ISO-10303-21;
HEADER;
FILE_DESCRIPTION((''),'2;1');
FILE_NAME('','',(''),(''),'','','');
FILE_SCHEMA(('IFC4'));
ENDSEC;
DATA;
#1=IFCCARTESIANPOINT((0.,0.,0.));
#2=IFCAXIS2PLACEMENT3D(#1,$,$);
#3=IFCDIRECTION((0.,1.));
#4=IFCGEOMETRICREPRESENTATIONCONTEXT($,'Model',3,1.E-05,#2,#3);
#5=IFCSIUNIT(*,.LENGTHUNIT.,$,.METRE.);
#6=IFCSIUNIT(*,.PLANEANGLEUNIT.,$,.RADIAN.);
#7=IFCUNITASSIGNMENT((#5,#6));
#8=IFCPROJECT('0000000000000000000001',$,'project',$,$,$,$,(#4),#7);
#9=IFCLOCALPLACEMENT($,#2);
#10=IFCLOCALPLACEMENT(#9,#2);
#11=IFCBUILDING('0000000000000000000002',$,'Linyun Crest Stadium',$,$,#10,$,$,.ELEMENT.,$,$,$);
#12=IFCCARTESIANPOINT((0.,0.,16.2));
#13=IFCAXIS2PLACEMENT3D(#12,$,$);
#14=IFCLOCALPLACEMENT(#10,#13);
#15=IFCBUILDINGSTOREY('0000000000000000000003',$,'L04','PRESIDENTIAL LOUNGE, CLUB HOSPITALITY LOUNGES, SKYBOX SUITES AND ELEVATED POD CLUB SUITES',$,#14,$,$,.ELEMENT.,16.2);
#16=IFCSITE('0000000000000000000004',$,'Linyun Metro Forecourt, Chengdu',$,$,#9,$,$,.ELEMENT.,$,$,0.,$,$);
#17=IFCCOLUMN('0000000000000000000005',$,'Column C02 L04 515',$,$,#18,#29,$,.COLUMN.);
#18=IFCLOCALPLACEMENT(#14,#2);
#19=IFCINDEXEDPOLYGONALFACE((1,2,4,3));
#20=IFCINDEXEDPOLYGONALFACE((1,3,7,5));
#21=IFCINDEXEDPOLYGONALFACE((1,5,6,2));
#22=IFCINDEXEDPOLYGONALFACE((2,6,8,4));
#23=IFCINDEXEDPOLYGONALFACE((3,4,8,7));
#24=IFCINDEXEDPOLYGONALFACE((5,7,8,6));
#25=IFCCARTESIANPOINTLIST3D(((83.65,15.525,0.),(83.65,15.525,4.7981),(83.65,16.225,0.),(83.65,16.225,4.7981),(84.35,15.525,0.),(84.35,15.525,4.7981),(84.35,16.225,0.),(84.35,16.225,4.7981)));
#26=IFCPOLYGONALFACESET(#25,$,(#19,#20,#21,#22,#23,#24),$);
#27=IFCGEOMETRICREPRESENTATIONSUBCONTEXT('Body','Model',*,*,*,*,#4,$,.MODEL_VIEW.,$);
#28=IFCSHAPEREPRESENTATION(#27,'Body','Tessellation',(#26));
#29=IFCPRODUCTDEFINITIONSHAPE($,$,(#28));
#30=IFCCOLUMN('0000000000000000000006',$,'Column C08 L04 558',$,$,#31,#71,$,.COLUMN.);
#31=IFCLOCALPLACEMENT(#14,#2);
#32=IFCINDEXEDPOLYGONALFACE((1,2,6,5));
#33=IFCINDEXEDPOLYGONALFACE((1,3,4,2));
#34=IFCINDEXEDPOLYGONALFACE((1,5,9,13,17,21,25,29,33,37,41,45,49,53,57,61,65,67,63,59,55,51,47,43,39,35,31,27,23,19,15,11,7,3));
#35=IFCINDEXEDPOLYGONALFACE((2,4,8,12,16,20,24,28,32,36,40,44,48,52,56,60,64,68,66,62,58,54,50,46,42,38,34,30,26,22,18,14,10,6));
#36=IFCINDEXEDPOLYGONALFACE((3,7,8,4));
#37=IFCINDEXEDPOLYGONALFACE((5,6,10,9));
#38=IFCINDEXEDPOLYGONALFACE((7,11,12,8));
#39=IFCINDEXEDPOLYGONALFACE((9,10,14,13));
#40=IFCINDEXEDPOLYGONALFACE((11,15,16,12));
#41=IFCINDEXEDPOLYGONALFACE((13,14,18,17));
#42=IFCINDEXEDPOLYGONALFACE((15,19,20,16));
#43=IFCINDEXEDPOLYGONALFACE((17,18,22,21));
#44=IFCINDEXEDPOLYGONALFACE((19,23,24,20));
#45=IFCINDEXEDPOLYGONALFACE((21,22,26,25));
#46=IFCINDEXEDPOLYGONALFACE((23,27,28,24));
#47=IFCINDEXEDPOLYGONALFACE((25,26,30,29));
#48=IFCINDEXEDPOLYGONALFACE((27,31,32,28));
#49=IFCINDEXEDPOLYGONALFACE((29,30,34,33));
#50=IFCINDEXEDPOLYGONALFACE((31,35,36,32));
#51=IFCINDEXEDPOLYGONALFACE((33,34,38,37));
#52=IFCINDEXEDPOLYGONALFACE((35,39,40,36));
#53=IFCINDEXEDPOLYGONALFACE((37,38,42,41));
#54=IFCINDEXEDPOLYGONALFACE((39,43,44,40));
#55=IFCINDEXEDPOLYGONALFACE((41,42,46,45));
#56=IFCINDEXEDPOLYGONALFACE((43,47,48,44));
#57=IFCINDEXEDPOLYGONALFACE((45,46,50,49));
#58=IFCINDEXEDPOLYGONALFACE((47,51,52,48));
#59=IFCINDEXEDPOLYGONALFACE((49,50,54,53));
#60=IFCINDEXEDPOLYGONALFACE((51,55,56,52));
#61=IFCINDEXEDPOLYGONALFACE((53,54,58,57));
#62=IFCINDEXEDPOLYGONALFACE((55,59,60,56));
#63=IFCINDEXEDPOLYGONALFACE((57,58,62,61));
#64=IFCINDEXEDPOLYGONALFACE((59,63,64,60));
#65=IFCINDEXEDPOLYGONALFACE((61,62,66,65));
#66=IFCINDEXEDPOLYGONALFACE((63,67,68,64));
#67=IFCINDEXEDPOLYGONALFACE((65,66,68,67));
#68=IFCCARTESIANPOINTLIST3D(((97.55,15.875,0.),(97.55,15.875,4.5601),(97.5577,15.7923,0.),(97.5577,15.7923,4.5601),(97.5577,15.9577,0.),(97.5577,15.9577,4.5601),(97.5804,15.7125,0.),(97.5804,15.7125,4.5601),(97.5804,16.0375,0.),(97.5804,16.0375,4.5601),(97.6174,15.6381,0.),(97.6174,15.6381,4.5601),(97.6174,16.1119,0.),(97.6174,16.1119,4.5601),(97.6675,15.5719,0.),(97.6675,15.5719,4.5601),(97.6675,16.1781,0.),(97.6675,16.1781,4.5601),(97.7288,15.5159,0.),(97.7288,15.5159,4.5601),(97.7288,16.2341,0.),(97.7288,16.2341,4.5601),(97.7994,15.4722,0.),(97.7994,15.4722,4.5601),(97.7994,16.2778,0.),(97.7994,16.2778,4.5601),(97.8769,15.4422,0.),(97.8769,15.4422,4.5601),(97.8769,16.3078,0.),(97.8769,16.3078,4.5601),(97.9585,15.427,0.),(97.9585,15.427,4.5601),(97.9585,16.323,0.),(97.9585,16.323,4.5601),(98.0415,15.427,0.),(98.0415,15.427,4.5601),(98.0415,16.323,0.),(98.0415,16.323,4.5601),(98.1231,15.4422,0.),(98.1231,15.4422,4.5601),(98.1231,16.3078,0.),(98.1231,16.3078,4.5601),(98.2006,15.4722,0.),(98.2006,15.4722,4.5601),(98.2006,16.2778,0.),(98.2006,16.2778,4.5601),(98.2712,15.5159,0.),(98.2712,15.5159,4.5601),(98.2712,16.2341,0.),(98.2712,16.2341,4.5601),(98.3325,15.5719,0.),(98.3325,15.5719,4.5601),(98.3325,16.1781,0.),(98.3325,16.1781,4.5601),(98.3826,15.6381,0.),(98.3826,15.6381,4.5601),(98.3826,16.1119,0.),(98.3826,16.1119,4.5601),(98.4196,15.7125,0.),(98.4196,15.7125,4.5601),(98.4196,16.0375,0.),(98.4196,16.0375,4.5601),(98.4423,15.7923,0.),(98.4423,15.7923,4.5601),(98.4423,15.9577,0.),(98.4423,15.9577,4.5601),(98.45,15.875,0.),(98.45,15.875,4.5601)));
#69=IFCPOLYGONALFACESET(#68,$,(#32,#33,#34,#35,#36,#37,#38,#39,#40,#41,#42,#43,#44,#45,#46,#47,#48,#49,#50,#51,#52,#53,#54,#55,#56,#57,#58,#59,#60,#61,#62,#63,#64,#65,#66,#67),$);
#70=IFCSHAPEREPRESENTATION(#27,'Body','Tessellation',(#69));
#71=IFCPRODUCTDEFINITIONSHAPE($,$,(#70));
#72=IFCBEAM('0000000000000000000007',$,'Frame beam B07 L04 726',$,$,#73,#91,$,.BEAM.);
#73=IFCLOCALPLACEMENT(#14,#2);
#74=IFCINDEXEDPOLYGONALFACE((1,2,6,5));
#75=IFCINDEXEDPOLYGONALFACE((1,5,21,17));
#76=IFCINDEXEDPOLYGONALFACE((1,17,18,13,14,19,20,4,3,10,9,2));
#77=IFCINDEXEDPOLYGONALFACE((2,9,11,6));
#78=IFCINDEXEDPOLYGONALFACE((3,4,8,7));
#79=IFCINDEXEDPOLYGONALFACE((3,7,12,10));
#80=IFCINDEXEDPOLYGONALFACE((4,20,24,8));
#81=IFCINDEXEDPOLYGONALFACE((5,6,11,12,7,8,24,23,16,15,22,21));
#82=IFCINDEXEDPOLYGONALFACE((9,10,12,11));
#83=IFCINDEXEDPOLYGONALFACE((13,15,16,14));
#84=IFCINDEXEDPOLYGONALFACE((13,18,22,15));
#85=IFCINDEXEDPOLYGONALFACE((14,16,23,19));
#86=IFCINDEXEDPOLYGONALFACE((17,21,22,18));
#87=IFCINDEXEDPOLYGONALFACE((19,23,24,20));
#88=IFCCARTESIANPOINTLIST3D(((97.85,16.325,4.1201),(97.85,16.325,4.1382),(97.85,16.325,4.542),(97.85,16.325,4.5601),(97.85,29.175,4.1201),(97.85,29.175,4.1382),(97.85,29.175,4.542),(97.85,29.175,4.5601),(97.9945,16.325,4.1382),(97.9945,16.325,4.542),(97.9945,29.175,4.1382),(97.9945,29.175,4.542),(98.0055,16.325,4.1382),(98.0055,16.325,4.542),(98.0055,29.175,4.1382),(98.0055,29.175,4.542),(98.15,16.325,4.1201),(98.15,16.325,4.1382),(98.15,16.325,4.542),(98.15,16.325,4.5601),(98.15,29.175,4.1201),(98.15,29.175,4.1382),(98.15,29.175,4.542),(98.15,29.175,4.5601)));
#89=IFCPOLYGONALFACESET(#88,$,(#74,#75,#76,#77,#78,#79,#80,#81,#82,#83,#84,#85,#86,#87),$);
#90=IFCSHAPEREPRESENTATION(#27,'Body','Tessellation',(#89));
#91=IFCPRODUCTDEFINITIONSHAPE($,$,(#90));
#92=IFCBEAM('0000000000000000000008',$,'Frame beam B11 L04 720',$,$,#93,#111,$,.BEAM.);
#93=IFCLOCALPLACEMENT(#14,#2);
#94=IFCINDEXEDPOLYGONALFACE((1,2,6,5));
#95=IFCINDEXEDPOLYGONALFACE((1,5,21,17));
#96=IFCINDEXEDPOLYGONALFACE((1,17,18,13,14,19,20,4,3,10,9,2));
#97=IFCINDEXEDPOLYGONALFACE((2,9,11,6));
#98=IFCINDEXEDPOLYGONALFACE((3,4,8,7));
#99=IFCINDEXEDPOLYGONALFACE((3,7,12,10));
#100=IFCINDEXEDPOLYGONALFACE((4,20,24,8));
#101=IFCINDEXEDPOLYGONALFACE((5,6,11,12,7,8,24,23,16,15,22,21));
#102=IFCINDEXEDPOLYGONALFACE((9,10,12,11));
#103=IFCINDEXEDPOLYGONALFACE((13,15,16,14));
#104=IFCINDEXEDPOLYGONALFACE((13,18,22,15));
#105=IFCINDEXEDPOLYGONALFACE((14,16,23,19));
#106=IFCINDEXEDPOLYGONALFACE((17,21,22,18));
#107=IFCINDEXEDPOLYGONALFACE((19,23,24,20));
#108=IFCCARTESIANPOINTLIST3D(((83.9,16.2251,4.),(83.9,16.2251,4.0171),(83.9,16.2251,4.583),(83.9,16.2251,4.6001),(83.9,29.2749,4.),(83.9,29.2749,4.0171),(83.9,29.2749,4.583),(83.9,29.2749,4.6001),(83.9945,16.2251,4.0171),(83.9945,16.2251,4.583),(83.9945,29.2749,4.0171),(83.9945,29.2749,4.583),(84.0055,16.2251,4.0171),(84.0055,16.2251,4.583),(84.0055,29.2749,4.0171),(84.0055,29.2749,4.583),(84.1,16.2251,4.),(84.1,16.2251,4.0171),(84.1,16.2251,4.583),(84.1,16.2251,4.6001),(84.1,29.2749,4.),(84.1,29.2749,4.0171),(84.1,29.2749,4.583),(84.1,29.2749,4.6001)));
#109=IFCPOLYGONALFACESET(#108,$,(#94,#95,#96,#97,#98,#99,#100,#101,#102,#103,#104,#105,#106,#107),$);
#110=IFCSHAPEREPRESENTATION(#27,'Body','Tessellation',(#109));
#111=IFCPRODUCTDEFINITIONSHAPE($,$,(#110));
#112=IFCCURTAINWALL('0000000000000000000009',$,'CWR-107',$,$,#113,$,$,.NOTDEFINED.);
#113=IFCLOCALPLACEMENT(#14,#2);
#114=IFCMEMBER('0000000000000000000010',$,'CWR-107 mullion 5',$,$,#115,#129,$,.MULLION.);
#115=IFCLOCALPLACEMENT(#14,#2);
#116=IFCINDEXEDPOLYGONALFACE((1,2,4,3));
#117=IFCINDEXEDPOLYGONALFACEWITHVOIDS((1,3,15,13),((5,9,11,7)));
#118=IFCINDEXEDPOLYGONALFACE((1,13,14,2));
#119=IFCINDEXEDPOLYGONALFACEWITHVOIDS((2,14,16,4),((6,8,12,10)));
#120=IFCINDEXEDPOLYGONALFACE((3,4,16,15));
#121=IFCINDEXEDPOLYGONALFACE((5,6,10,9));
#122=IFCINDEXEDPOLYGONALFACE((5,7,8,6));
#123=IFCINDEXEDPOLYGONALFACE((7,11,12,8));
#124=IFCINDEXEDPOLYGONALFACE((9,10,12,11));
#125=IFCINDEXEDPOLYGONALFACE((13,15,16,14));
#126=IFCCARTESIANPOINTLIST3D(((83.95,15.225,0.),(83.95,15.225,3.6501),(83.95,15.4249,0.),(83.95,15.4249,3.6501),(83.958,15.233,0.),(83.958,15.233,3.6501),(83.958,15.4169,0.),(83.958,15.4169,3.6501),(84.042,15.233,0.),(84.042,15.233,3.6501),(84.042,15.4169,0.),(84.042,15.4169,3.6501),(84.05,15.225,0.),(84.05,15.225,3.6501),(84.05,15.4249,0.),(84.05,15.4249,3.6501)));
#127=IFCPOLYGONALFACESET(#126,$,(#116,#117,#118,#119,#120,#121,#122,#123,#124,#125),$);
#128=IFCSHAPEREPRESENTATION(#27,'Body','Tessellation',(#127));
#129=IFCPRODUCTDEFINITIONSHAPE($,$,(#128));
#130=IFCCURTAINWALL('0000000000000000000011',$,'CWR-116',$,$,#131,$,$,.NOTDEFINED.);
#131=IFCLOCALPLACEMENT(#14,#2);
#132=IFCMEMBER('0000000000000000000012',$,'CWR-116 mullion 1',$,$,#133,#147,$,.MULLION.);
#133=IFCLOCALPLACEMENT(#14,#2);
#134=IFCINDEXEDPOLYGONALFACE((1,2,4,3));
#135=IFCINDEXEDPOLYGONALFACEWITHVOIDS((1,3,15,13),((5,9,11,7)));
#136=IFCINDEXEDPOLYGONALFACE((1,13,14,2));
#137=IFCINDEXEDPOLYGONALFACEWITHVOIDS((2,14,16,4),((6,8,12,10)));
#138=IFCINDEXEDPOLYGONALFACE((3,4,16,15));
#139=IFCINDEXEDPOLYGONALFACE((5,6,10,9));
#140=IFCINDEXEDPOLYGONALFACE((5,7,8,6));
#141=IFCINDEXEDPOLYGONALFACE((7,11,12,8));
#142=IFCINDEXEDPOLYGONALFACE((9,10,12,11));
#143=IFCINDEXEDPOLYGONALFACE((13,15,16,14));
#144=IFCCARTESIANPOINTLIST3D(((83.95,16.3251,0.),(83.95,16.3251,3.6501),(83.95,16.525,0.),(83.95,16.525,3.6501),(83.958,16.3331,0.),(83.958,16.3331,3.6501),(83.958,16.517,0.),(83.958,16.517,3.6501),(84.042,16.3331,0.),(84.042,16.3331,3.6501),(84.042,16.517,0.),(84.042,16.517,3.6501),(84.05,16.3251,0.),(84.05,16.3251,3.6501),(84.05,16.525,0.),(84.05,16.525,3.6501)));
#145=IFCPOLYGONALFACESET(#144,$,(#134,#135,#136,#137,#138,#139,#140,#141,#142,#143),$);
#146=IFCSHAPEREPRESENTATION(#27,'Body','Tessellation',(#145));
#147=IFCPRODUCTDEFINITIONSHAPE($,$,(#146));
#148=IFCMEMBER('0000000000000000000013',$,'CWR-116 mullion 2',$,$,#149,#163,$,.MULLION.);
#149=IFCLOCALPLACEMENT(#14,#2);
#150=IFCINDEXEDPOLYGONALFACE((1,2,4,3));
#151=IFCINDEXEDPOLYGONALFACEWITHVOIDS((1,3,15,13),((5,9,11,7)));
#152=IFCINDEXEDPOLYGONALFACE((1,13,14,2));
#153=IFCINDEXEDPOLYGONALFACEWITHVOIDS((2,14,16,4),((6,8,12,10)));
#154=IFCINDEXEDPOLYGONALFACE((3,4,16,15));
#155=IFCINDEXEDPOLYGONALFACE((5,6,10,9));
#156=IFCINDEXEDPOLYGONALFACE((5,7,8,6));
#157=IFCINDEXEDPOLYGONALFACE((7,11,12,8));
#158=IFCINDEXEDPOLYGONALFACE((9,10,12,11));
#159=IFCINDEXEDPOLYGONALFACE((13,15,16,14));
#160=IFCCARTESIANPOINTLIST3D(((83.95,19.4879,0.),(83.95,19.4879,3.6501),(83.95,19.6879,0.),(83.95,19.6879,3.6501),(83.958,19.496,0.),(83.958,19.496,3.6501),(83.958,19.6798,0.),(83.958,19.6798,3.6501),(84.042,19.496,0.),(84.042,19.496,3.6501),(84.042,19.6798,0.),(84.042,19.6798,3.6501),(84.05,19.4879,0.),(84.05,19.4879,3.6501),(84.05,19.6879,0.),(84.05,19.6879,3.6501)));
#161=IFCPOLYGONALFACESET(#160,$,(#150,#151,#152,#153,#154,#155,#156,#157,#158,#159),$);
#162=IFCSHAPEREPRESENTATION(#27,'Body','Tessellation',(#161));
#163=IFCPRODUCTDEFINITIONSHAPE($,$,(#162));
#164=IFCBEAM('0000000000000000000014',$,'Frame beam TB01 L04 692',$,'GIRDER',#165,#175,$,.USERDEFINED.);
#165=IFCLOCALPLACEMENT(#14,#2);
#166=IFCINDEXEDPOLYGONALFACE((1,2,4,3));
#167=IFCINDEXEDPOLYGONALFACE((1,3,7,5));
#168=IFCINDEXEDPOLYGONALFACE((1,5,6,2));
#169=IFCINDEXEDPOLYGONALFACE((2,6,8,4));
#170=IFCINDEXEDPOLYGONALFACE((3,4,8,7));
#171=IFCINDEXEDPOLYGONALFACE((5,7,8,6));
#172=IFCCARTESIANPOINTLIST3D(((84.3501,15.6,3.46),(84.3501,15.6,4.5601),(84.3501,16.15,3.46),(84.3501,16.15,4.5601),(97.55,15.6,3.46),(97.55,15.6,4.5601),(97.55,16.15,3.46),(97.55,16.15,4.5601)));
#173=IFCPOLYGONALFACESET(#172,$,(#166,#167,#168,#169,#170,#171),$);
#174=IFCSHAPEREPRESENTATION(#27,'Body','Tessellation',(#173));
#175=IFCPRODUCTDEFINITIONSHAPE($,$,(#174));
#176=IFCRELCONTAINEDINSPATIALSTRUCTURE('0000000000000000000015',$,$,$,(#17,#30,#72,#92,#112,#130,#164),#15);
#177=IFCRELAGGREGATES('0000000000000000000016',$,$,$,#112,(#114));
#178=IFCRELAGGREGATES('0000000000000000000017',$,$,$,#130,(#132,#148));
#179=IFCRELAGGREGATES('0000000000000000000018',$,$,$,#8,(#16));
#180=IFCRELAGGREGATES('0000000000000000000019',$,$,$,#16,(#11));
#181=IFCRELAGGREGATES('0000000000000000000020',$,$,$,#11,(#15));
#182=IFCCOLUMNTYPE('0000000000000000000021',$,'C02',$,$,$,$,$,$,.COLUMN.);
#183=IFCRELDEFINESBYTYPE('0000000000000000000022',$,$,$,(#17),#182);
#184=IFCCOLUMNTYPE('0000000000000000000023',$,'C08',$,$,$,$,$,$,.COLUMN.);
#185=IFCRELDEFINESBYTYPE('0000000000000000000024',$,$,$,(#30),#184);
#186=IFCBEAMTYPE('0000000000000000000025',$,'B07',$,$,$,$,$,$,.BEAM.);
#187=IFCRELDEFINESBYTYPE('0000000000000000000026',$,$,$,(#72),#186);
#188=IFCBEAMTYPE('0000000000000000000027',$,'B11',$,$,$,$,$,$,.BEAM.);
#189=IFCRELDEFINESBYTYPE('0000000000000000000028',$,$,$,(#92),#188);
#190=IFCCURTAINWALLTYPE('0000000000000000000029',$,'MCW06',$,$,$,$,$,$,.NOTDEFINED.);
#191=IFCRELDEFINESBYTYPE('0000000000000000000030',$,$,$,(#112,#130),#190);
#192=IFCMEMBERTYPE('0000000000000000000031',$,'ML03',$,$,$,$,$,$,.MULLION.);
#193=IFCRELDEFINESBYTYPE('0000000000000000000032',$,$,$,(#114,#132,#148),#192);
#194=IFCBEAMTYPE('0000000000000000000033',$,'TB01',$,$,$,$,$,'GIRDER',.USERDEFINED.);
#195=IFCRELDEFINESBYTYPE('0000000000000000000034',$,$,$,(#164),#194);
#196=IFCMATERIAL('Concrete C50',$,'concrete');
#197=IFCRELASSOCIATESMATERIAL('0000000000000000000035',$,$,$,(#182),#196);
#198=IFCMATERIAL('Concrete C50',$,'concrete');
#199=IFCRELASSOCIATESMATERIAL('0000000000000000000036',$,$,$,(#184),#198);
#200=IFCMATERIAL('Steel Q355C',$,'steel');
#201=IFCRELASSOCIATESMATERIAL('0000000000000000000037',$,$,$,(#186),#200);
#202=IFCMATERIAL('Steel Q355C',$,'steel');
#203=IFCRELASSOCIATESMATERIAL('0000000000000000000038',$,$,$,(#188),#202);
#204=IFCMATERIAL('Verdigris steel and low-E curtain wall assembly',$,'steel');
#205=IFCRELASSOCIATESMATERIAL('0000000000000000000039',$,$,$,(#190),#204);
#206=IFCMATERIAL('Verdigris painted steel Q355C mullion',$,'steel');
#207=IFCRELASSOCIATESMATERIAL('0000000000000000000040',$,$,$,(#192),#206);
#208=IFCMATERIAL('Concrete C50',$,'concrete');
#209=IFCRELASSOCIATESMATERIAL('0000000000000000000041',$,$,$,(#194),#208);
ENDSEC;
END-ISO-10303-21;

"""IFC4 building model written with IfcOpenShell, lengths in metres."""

from ifc_helpers import new_model, si_unit, direction, frame, origin, origin_2d, place, context, subcontext, project, spatial, rectangle, hollow_rectangle, circle, i_section, extrude, material, material_profile, profile_set, type_object, element, aggregate, save


model = new_model("IFC4")

# Units and contexts
model_context = context("Model", 3, precision=1e-05, world=origin(), true_north=direction((0.0, 1.0)))
body_context = subcontext(model_context, "Body", "Model", "MODEL_VIEW")
ifc_project = project(units=[si_unit("LENGTHUNIT", "METRE"), si_unit("PLANEANGLEUNIT", "RADIAN")], contexts=[model_context])

# Site, building, storey
site_placement = place(None, origin())
site = spatial("IfcSite", under=ifc_project, at=site_placement, Name="Linyun Metro Forecourt, Chengdu", CompositionType="ELEMENT", RefElevation=0.0)
building_placement = place(site_placement, origin())
building = spatial("IfcBuilding", under=site, at=building_placement, Name="Linyun Crest Stadium", CompositionType="ELEMENT")
storey_placement = place(building_placement, frame((0.0, 0.0, 16.2)))
storey = spatial("IfcBuildingStorey", under=building, at=storey_placement, Name="L04", Description="PRESIDENTIAL LOUNGE, CLUB HOSPITALITY LOUNGES, SKYBOX SUITES AND ELEVATED POD CLUB SUITES", CompositionType="ELEMENT", Elevation=16.2)

# Columns
ifc_material_1 = material(Name="Concrete C50", Category="concrete")
ifc_material_profile_1 = material_profile(ifc_material_1, rectangle(XDim=0.7, YDim=0.7, at=origin_2d()), Name="RC 700x700")
ifc_profile_set_1 = profile_set([ifc_material_profile_1], Name="Concrete C50")
column_type_1 = type_object("IfcColumnType", Name="C02", PredefinedType="COLUMN", material=ifc_profile_set_1)
column_1_placement = place(storey_placement, frame((84.0, 15.875, 0.0), z_axis=(0.0, 0.0, 1.0), x_axis=(1.0, 0.0, 0.0)))
element("IfcColumn", 1, at=column_1_placement, inside=storey, type_object=column_type_1, Name="Column C02 L04 515", PredefinedType="COLUMN", context=body_context, shape_type="SweptSolid", body=[
    extrude(rectangle(XDim=0.7, YDim=0.7, at=origin_2d()), origin(), (0.0, 0.0, 1.0), 4.7981),
])
ifc_material_2 = material(Name="Concrete C50", Category="concrete")
ifc_material_profile_2 = material_profile(ifc_material_2, circle(Radius=0.45, at=origin_2d()), Name="RC D900")
ifc_profile_set_2 = profile_set([ifc_material_profile_2], Name="Concrete C50")
column_type_2 = type_object("IfcColumnType", Name="C08", PredefinedType="COLUMN", material=ifc_profile_set_2)
column_2_placement = place(storey_placement, frame((98.0, 15.875, 0.0), z_axis=(0.0, 0.0, 1.0), x_axis=(1.0, 0.0, 0.0)))
element("IfcColumn", 2, at=column_2_placement, inside=storey, type_object=column_type_2, Name="Column C08 L04 558", PredefinedType="COLUMN", context=body_context, shape_type="SweptSolid", body=[
    extrude(circle(Radius=0.45, at=origin_2d()), origin(), (0.0, 0.0, 1.0), 4.5601),
])

# Beams
ifc_material_3 = material(Name="Steel Q355C", Category="steel")
ifc_material_profile_3 = material_profile(ifc_material_3, i_section(OverallWidth=0.3, OverallDepth=0.4399, WebThickness=0.011, FlangeThickness=0.0181, at=origin_2d()), Name="HM 440x300")
ifc_profile_set_3 = profile_set([ifc_material_profile_3], Name="Steel Q355C")
beam_type_1 = type_object("IfcBeamType", Name="B07", PredefinedType="BEAM", material=ifc_profile_set_3)
beam_1_placement = place(storey_placement, frame((98.0, 16.325, 4.3401), z_axis=(0.0, 1.0, 0.0), x_axis=(-1.0, 0.0, 0.0)))
element("IfcBeam", 3, at=beam_1_placement, inside=storey, type_object=beam_type_1, Name="Frame beam B07 L04 726", PredefinedType="BEAM", context=body_context, shape_type="SweptSolid", body=[
    extrude(i_section(OverallWidth=0.3, OverallDepth=0.4399, WebThickness=0.011, FlangeThickness=0.0181, at=origin_2d()), origin(), (0.0, 0.0, 1.0), 12.8501),
])
ifc_material_4 = material(Name="Steel Q355C", Category="steel")
ifc_material_profile_4 = material_profile(ifc_material_4, i_section(OverallWidth=0.2, OverallDepth=0.6001, WebThickness=0.011, FlangeThickness=0.0171, at=origin_2d()), Name="HN 600x200")
ifc_profile_set_4 = profile_set([ifc_material_profile_4], Name="Steel Q355C")
beam_type_2 = type_object("IfcBeamType", Name="B11", PredefinedType="BEAM", material=ifc_profile_set_4)
beam_2_placement = place(storey_placement, frame((84.0, 16.2251, 4.3), z_axis=(0.0, 1.0, 0.0), x_axis=(-1.0, 0.0, 0.0)))
element("IfcBeam", 4, at=beam_2_placement, inside=storey, type_object=beam_type_2, Name="Frame beam B11 L04 720", PredefinedType="BEAM", context=body_context, shape_type="SweptSolid", body=[
    extrude(i_section(OverallWidth=0.2, OverallDepth=0.6001, WebThickness=0.011, FlangeThickness=0.0171, at=origin_2d()), origin(), (0.0, 0.0, 1.0), 13.0498),
])

# Curtain wall, member
ifc_material_5 = material(Name="Verdigris steel and low-E curtain wall assembly", Category="steel")
curtain_wall_type = type_object("IfcCurtainWallType", Name="MCW06", PredefinedType="NOTDEFINED", material=ifc_material_5)
curtain_wall_1_placement = place(storey_placement, origin())
curtain_wall_1 = element("IfcCurtainWall", 5, at=curtain_wall_1_placement, inside=storey, type_object=curtain_wall_type, Name="CWR-107", PredefinedType="NOTDEFINED")
ifc_material_6 = material(Name="Verdigris painted steel Q355C mullion", Category="steel")
ifc_material_profile_5 = material_profile(ifc_material_6, hollow_rectangle(XDim=0.1001, YDim=0.2, WallThickness=0.0081, at=origin_2d()), Name="RHS 200x100x8")
ifc_profile_set_5 = profile_set([ifc_material_profile_5], Name="Verdigris painted steel Q355C mullion")
member_type_1 = type_object("IfcMemberType", Name="ML03", PredefinedType="MULLION", material=ifc_profile_set_5)
member_1_placement = place(storey_placement, frame((84.0, 15.325, 0.0), z_axis=(0.0, 0.0, 1.0), x_axis=(-1.0, 0.0, 0.0)))
member_1 = element("IfcMember", 6, at=member_1_placement, type_object=member_type_1, Name="CWR-107 mullion 5", PredefinedType="MULLION", context=body_context, shape_type="SweptSolid", body=[
    extrude(hollow_rectangle(XDim=0.1001, YDim=0.2, WallThickness=0.0081, at=origin_2d()), origin(), (0.0, 0.0, 1.0), 3.6501),
])

# Curtain wall, members
curtain_wall_2_placement = place(storey_placement, origin())
curtain_wall_2 = element("IfcCurtainWall", 7, at=curtain_wall_2_placement, inside=storey, type_object=curtain_wall_type, Name="CWR-116", PredefinedType="NOTDEFINED")
member_2_placement = place(storey_placement, frame((84.0, 16.425, 0.0), z_axis=(0.0, 0.0, 1.0), x_axis=(-1.0, 0.0, 0.0)))
member_2 = element("IfcMember", 8, at=member_2_placement, type_object=member_type_1, Name="CWR-116 mullion 1", PredefinedType="MULLION", context=body_context, shape_type="SweptSolid", body=[
    extrude(hollow_rectangle(XDim=0.1001, YDim=0.2, WallThickness=0.0081, at=origin_2d()), origin(), (0.0, 0.0, 1.0), 3.6501),
])
member_3_placement = place(storey_placement, frame((84.0, 19.5879, 0.0), z_axis=(0.0, 0.0, 1.0), x_axis=(-1.0, 0.0, 0.0)))
member_3 = element("IfcMember", 9, at=member_3_placement, type_object=member_type_1, Name="CWR-116 mullion 2", PredefinedType="MULLION", context=body_context, shape_type="SweptSolid", body=[
    extrude(hollow_rectangle(XDim=0.1001, YDim=0.2, WallThickness=0.0081, at=origin_2d()), origin(), (0.0, 0.0, 1.0), 3.6501),
])

# Beam
ifc_material_7 = material(Name="Concrete C50", Category="concrete")
ifc_material_profile_6 = material_profile(ifc_material_7, rectangle(XDim=0.55, YDim=1.1001, at=origin_2d()), Name="RCB 1100x550")
ifc_profile_set_6 = profile_set([ifc_material_profile_6], Name="Concrete C50")
beam_type_3 = type_object("IfcBeamType", Name="TB01", ElementType="GIRDER", PredefinedType="USERDEFINED", material=ifc_profile_set_6)
beam_3_placement = place(storey_placement, frame((84.3501, 15.875, 4.01), z_axis=(1.0, 0.0, 0.0), x_axis=(0.0, 1.0, 0.0)))
element("IfcBeam", 10, at=beam_3_placement, inside=storey, type_object=beam_type_3, Name="Frame beam TB01 L04 692", ObjectType="GIRDER", PredefinedType="USERDEFINED", context=body_context, shape_type="SweptSolid", body=[
    extrude(rectangle(XDim=0.55, YDim=1.1001, at=origin_2d()), origin(), (0.0, 0.0, 1.0), 13.2),
])

aggregate(curtain_wall_1, [member_1])
aggregate(curtain_wall_2, [member_2, member_3])

save(model, "model.ifc")
